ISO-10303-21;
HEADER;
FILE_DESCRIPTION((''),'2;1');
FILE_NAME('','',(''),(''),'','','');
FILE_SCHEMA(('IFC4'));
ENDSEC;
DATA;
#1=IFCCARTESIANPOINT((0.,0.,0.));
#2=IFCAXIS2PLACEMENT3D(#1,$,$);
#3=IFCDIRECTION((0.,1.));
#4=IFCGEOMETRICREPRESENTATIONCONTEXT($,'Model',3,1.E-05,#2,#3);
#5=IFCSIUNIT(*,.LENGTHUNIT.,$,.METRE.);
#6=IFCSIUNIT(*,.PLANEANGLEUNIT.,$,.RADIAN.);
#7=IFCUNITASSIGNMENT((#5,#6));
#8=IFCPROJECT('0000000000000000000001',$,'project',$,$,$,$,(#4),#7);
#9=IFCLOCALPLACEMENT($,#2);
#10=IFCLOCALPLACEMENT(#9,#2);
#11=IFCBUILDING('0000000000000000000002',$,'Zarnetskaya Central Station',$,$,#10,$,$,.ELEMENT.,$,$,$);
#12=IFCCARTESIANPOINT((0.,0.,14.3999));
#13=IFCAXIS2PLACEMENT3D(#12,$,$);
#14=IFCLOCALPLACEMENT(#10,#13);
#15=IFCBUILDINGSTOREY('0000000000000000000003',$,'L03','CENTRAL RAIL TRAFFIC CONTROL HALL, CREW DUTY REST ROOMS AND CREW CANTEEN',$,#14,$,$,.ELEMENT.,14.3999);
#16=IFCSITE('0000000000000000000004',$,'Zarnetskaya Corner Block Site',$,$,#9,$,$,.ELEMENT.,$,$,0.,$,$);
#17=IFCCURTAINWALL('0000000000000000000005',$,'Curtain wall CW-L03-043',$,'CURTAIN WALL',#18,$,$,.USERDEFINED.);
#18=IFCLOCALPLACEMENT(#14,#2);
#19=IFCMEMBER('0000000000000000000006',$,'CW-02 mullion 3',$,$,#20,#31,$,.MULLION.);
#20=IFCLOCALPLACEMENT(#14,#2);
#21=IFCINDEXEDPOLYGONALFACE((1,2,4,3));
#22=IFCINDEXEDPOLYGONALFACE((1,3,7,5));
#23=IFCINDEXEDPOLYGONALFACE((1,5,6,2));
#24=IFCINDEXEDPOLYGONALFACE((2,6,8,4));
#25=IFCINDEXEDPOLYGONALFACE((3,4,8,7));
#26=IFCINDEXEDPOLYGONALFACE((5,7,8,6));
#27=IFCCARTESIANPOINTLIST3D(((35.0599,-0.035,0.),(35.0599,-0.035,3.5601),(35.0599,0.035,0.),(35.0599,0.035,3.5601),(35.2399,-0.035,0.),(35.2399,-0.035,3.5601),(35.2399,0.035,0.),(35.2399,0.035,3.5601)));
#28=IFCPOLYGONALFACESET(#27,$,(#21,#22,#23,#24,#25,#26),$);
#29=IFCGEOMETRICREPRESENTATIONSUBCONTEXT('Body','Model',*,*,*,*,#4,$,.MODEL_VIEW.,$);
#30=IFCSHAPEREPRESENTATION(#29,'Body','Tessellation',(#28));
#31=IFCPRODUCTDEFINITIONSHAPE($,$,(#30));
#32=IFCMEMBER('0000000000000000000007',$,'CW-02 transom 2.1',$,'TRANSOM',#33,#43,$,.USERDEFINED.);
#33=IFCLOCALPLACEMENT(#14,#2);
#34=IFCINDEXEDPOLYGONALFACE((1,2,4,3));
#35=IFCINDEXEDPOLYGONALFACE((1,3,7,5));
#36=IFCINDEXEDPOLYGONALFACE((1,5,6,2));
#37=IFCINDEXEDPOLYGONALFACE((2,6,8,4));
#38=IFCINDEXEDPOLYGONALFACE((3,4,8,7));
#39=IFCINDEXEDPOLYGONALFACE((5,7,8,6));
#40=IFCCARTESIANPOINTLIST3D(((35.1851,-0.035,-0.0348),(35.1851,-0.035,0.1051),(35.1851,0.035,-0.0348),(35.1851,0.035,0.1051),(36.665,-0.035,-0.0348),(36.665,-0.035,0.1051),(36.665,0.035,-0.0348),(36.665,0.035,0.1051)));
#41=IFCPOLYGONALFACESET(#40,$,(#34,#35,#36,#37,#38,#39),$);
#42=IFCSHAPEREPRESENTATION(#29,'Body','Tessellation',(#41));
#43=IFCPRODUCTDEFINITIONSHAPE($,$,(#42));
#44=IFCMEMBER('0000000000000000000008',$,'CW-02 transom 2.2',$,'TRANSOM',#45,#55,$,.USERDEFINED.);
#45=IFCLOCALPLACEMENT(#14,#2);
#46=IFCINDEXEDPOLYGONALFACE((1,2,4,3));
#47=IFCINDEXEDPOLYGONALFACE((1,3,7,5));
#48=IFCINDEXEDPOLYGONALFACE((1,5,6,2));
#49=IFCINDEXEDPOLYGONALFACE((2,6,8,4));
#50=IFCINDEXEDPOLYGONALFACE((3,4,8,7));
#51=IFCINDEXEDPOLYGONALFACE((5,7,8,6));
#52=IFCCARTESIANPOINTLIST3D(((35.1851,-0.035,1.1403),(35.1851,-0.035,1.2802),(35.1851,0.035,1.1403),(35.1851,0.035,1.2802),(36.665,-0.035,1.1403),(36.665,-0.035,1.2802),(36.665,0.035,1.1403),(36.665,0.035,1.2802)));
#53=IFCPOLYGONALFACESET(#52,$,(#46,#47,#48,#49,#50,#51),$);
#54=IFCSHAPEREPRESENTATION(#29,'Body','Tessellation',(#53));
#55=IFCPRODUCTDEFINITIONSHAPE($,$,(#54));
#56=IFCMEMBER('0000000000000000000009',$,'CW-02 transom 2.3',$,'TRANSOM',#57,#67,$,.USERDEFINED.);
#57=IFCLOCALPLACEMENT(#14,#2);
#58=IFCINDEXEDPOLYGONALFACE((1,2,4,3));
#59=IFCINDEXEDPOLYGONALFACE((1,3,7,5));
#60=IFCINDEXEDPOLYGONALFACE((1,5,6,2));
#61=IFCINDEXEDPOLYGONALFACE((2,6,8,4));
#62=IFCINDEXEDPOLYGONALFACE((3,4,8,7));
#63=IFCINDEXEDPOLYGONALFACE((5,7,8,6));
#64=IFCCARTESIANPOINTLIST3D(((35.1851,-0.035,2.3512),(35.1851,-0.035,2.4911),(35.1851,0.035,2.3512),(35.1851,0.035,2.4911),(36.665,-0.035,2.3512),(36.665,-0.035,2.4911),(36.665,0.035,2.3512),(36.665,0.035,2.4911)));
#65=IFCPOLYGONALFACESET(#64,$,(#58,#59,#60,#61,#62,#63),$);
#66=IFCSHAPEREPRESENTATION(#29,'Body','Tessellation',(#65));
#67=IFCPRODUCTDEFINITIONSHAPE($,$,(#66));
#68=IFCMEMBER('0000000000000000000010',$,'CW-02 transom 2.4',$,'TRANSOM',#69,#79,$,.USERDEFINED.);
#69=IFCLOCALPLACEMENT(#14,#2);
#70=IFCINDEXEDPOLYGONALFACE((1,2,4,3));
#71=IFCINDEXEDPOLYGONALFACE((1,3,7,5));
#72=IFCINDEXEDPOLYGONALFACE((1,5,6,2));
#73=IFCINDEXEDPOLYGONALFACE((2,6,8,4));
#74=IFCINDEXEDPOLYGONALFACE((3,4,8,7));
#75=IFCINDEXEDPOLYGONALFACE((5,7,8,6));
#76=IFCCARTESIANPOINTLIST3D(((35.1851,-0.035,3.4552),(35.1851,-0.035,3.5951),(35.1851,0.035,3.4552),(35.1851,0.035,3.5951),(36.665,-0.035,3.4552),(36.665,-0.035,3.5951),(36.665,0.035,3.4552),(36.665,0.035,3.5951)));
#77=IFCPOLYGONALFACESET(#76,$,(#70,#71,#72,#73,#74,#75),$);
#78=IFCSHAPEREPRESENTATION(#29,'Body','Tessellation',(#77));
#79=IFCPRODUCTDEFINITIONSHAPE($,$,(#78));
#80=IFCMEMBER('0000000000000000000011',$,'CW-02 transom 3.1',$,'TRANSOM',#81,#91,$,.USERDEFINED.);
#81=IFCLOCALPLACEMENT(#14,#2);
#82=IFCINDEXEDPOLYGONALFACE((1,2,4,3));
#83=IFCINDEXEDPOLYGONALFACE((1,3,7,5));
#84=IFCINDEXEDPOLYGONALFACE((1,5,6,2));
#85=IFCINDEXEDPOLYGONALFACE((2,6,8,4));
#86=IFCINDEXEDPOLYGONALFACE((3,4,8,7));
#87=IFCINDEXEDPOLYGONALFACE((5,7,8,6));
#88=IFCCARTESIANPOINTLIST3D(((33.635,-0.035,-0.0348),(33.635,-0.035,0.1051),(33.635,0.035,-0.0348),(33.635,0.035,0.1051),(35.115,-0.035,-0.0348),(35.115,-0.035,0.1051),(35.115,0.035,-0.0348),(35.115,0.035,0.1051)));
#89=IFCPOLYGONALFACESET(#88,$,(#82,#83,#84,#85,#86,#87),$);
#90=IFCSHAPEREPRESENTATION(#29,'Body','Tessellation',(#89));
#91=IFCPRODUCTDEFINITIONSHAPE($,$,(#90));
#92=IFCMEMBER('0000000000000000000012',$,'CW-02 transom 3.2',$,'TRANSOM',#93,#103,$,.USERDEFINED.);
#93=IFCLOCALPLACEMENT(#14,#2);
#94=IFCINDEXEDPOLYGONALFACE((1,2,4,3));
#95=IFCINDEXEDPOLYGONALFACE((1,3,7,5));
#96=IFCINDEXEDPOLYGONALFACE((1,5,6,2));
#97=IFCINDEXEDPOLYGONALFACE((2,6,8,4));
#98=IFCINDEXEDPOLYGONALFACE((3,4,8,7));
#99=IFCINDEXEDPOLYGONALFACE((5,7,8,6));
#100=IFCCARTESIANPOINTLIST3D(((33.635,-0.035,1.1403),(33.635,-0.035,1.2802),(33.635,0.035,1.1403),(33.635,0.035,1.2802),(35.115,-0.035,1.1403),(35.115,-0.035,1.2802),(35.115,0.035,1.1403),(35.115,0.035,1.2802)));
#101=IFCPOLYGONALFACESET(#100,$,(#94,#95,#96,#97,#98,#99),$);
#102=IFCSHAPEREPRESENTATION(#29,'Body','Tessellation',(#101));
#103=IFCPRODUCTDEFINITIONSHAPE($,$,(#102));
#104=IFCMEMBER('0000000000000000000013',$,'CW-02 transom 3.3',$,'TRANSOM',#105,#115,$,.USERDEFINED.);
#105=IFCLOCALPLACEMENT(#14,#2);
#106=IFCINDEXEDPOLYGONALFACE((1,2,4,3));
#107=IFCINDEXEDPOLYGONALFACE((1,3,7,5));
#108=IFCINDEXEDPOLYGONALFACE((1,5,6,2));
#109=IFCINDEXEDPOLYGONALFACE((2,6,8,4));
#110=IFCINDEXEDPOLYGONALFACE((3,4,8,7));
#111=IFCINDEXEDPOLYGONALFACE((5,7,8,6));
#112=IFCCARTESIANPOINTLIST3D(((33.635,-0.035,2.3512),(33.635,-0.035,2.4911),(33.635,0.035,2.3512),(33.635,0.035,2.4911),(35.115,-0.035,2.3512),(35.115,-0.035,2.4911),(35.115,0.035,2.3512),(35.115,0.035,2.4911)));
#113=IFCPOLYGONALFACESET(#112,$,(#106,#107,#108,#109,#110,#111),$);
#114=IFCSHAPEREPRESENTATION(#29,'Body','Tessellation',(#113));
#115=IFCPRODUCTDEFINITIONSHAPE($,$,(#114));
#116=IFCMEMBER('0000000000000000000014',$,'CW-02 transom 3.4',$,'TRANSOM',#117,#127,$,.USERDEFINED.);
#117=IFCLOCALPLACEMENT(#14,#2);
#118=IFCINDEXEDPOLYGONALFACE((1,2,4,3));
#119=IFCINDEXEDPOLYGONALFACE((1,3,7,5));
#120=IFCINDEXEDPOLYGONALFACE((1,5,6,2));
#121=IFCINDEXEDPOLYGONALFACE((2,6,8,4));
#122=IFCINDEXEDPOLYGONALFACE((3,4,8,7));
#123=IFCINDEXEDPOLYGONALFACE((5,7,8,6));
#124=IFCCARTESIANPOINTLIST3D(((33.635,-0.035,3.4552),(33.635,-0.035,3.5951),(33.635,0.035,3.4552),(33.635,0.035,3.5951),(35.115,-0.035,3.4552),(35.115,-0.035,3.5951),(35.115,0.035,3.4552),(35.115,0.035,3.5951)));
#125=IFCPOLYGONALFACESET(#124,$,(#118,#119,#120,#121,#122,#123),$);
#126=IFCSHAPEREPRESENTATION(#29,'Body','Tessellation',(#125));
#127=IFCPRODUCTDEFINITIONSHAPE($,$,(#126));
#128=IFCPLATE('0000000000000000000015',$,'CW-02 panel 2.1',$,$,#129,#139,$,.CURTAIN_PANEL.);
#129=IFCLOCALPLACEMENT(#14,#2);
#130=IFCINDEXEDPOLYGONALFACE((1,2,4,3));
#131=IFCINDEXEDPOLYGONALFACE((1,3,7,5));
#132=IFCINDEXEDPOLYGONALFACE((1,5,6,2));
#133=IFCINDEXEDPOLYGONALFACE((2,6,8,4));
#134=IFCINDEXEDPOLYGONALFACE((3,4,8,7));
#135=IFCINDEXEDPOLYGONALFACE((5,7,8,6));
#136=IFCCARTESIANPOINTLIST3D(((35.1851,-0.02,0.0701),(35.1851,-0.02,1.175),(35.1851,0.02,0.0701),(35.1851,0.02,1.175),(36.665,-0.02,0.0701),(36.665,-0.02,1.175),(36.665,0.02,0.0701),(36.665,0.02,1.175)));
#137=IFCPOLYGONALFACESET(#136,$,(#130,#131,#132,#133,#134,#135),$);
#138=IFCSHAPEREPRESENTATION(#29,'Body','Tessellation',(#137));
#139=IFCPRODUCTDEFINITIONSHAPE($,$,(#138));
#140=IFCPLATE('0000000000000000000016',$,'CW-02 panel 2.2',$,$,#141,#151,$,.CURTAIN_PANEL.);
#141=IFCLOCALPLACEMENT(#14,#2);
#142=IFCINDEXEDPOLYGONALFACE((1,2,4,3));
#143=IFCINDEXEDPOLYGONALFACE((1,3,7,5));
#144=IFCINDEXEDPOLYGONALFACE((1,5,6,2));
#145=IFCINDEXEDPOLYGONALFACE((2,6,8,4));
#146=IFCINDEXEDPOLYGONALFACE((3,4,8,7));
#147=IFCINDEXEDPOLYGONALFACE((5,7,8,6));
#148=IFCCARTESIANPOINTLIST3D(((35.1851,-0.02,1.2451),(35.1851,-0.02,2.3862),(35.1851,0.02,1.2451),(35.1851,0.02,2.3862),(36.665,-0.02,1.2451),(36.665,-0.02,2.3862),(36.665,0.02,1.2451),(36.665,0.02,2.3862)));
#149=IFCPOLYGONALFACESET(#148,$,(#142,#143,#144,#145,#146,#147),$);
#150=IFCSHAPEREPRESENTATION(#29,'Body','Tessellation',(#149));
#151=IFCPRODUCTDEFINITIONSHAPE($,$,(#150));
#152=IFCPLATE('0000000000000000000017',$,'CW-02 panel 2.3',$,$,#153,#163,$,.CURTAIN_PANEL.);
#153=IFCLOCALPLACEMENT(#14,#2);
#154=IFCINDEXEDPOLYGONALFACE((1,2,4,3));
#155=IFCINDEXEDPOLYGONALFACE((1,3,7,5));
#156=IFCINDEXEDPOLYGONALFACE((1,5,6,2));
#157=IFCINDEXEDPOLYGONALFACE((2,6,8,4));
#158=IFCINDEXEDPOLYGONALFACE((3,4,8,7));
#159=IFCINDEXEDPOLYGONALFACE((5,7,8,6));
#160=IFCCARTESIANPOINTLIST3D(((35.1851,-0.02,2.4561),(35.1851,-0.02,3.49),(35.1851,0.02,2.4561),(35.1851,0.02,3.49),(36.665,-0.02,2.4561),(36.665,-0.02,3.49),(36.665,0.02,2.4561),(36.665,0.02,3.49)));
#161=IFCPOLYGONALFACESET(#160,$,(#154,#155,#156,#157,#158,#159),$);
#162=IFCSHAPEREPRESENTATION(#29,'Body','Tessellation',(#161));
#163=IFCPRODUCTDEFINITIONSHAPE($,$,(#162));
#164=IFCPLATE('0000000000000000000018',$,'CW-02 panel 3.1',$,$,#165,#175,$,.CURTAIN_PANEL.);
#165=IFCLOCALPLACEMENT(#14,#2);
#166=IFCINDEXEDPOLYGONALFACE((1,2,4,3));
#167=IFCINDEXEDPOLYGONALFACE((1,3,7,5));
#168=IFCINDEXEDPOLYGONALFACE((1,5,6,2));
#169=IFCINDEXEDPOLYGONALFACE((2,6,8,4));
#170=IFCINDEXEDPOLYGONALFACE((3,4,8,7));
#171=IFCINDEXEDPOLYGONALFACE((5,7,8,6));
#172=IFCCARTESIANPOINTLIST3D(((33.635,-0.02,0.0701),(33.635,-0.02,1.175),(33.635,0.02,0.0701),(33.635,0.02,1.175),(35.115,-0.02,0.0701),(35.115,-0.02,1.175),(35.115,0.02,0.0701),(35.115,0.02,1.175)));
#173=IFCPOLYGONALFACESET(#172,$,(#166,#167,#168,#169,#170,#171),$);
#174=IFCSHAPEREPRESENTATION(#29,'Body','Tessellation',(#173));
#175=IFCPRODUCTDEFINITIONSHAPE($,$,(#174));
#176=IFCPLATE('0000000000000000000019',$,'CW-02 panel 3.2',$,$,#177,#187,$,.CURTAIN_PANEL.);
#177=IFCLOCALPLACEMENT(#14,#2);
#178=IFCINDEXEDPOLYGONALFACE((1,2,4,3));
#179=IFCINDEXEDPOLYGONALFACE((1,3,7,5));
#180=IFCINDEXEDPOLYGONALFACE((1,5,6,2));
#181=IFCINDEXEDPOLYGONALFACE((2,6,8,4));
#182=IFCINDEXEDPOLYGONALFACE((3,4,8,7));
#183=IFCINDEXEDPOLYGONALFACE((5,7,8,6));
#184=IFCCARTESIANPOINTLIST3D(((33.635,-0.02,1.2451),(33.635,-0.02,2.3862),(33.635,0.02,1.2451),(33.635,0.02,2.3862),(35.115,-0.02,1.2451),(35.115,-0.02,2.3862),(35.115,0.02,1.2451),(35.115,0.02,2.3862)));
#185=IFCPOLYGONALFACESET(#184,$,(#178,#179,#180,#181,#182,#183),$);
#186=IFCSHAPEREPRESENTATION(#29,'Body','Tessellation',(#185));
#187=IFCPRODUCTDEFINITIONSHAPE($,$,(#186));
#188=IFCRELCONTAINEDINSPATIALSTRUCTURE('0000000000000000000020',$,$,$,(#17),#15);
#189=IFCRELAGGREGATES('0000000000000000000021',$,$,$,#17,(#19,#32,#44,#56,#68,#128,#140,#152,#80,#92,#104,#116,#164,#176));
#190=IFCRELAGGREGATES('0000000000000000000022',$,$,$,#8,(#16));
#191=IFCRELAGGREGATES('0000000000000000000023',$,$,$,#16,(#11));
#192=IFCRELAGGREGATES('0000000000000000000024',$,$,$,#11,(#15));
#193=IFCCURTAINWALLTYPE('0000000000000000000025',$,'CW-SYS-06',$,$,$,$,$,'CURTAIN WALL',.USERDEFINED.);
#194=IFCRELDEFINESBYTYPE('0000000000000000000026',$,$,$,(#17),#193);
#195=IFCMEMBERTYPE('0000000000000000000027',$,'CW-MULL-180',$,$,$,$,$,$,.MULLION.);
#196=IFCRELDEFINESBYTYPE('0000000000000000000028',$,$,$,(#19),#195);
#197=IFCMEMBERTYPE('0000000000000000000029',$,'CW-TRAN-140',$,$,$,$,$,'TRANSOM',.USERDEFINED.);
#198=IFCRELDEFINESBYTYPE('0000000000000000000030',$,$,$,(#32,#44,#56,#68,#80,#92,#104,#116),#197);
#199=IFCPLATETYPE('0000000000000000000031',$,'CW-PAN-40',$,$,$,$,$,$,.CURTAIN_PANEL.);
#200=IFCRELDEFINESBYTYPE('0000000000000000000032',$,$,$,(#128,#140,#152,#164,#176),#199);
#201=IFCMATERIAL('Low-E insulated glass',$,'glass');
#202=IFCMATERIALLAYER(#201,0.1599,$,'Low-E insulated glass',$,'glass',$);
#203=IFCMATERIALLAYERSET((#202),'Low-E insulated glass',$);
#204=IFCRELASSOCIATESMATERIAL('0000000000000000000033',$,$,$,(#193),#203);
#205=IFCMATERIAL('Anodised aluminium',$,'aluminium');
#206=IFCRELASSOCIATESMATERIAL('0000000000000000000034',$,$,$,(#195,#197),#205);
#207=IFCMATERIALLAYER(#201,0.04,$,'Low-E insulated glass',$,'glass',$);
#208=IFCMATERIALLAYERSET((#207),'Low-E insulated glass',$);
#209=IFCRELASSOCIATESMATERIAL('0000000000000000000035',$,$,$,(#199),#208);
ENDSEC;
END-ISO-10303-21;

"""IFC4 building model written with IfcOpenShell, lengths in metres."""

from ifc_helpers import new_model, si_unit, direction, frame, origin, origin_2d, place, context, subcontext, project, spatial, rectangle, extrude, material, layer, layer_set, material_profile, profile_set, type_object, element, aggregate, save


model = new_model("IFC4")

# Units and contexts
model_context = context("Model", 3, precision=1e-05, world=origin(), true_north=direction((0.0, 1.0)))
body_context = subcontext(model_context, "Body", "Model", "MODEL_VIEW")
ifc_project = project(units=[si_unit("LENGTHUNIT", "METRE"), si_unit("PLANEANGLEUNIT", "RADIAN")], contexts=[model_context])

# Site, building, storey
site_placement = place(None, origin())
site = spatial("IfcSite", under=ifc_project, at=site_placement, Name="Zarnetskaya Corner Block Site", CompositionType="ELEMENT", RefElevation=0.0)
building_placement = place(site_placement, origin())
building = spatial("IfcBuilding", under=site, at=building_placement, Name="Zarnetskaya Central Station", CompositionType="ELEMENT")
storey_placement = place(building_placement, frame((0.0, 0.0, 14.3999)))
storey = spatial("IfcBuildingStorey", under=building, at=storey_placement, Name="L03", Description="CENTRAL RAIL TRAFFIC CONTROL HALL, CREW DUTY REST ROOMS AND CREW CANTEEN", CompositionType="ELEMENT", Elevation=14.3999)

# Curtain wall, members, plates
ifc_material_1 = material(Name="Low-E insulated glass", Category="glass")
ifc_layer_1 = layer(ifc_material_1, 0.1599, Name="Low-E insulated glass", Category="glass")
ifc_layer_set_1 = layer_set([ifc_layer_1], Name="Low-E insulated glass")
curtain_wall_type = type_object("IfcCurtainWallType", Name="CW-SYS-06", ElementType="CURTAIN WALL", PredefinedType="USERDEFINED", material=ifc_layer_set_1)
curtain_wall_placement = place(storey_placement, origin())
curtain_wall = element("IfcCurtainWall", 1, at=curtain_wall_placement, inside=storey, type_object=curtain_wall_type, Name="Curtain wall CW-L03-043", ObjectType="CURTAIN WALL", PredefinedType="USERDEFINED")
ifc_material_2 = material(Name="Anodised aluminium", Category="aluminium")
ifc_material_profile_1 = material_profile(ifc_material_2, rectangle(XDim=0.0701, YDim=0.1799, at=origin_2d()), Name="ALU MULL 70x180")
ifc_profile_set_1 = profile_set([ifc_material_profile_1], Name="Anodised aluminium")
member_type_1 = type_object("IfcMemberType", Name="CW-MULL-180", PredefinedType="MULLION", material=ifc_profile_set_1)
member_1_placement = place(storey_placement, frame((35.1499, 0.0, 0.0), z_axis=(0.0, 0.0, 1.0), x_axis=(0.0, -1.0, 0.0)))
member_1 = element("IfcMember", 2, at=member_1_placement, type_object=member_type_1, Name="CW-02 mullion 3", PredefinedType="MULLION", context=body_context, shape_type="SweptSolid", body=[
    extrude(rectangle(XDim=0.0701, YDim=0.1799, at=origin_2d()), origin(), (0.0, 0.0, 1.0), 3.5601),
])
ifc_material_profile_2 = material_profile(ifc_material_2, rectangle(XDim=0.0701, YDim=0.1399, at=origin_2d()), Name="ALU TRAN 70x140")
ifc_profile_set_2 = profile_set([ifc_material_profile_2], Name="Anodised aluminium")
member_type_2 = type_object("IfcMemberType", Name="CW-TRAN-140", ElementType="TRANSOM", PredefinedType="USERDEFINED", material=ifc_profile_set_2)
member_2_placement = place(storey_placement, frame((36.665, 0.0, 0.0352), z_axis=(-1.0, 0.0, 0.0), x_axis=(0.0, -1.0, 0.0)))
member_2 = element("IfcMember", 3, at=member_2_placement, type_object=member_type_2, Name="CW-02 transom 2.1", ObjectType="TRANSOM", PredefinedType="USERDEFINED", context=body_context, shape_type="SweptSolid", body=[
    extrude(rectangle(XDim=0.0701, YDim=0.1399, at=origin_2d()), origin(), (0.0, 0.0, 1.0), 1.48),
])
member_3_placement = place(storey_placement, frame((36.665, 0.0, 1.2102), z_axis=(-1.0, 0.0, 0.0), x_axis=(0.0, -1.0, 0.0)))
member_3 = element("IfcMember", 4, at=member_3_placement, type_object=member_type_2, Name="CW-02 transom 2.2", ObjectType="TRANSOM", PredefinedType="USERDEFINED", context=body_context, shape_type="SweptSolid", body=[
    extrude(rectangle(XDim=0.0701, YDim=0.1399, at=origin_2d()), origin(), (0.0, 0.0, 1.0), 1.48),
])
member_4_placement = place(storey_placement, frame((36.665, 0.0, 2.4211), z_axis=(-1.0, 0.0, 0.0), x_axis=(0.0, -1.0, 0.0)))
member_4 = element("IfcMember", 5, at=member_4_placement, type_object=member_type_2, Name="CW-02 transom 2.3", ObjectType="TRANSOM", PredefinedType="USERDEFINED", context=body_context, shape_type="SweptSolid", body=[
    extrude(rectangle(XDim=0.0701, YDim=0.1399, at=origin_2d()), origin(), (0.0, 0.0, 1.0), 1.48),
])
member_5_placement = place(storey_placement, frame((36.665, 0.0, 3.5251), z_axis=(-1.0, 0.0, 0.0), x_axis=(0.0, -1.0, 0.0)))
member_5 = element("IfcMember", 6, at=member_5_placement, type_object=member_type_2, Name="CW-02 transom 2.4", ObjectType="TRANSOM", PredefinedType="USERDEFINED", context=body_context, shape_type="SweptSolid", body=[
    extrude(rectangle(XDim=0.0701, YDim=0.1399, at=origin_2d()), origin(), (0.0, 0.0, 1.0), 1.48),
])
member_6_placement = place(storey_placement, frame((35.115, 0.0, 0.0352), z_axis=(-1.0, 0.0, 0.0), x_axis=(0.0, -1.0, 0.0)))
member_6 = element("IfcMember", 7, at=member_6_placement, type_object=member_type_2, Name="CW-02 transom 3.1", ObjectType="TRANSOM", PredefinedType="USERDEFINED", context=body_context, shape_type="SweptSolid", body=[
    extrude(rectangle(XDim=0.0701, YDim=0.1399, at=origin_2d()), origin(), (0.0, 0.0, 1.0), 1.48),
])
member_7_placement = place(storey_placement, frame((35.115, 0.0, 1.2102), z_axis=(-1.0, 0.0, 0.0), x_axis=(0.0, -1.0, 0.0)))
member_7 = element("IfcMember", 8, at=member_7_placement, type_object=member_type_2, Name="CW-02 transom 3.2", ObjectType="TRANSOM", PredefinedType="USERDEFINED", context=body_context, shape_type="SweptSolid", body=[
    extrude(rectangle(XDim=0.0701, YDim=0.1399, at=origin_2d()), origin(), (0.0, 0.0, 1.0), 1.48),
])
member_8_placement = place(storey_placement, frame((35.115, 0.0, 2.4211), z_axis=(-1.0, 0.0, 0.0), x_axis=(0.0, -1.0, 0.0)))
member_8 = element("IfcMember", 9, at=member_8_placement, type_object=member_type_2, Name="CW-02 transom 3.3", ObjectType="TRANSOM", PredefinedType="USERDEFINED", context=body_context, shape_type="SweptSolid", body=[
    extrude(rectangle(XDim=0.0701, YDim=0.1399, at=origin_2d()), origin(), (0.0, 0.0, 1.0), 1.48),
])
member_9_placement = place(storey_placement, frame((35.115, 0.0, 3.5251), z_axis=(-1.0, 0.0, 0.0), x_axis=(0.0, -1.0, 0.0)))
member_9 = element("IfcMember", 10, at=member_9_placement, type_object=member_type_2, Name="CW-02 transom 3.4", ObjectType="TRANSOM", PredefinedType="USERDEFINED", context=body_context, shape_type="SweptSolid", body=[
    extrude(rectangle(XDim=0.0701, YDim=0.1399, at=origin_2d()), origin(), (0.0, 0.0, 1.0), 1.48),
])
ifc_layer_2 = layer(ifc_material_1, 0.04, Name="Low-E insulated glass", Category="glass")
ifc_layer_set_2 = layer_set([ifc_layer_2], Name="Low-E insulated glass")
plate_type = type_object("IfcPlateType", Name="CW-PAN-40", PredefinedType="CURTAIN_PANEL", material=ifc_layer_set_2)
plate_1_placement = place(storey_placement, frame((35.925, 0.0, 0.0701), z_axis=(0.0, 0.0, 1.0), x_axis=(-1.0, 0.0, 0.0)))
plate_1 = element("IfcPlate", 11, at=plate_1_placement, type_object=plate_type, Name="CW-02 panel 2.1", PredefinedType="CURTAIN_PANEL", context=body_context, shape_type="SweptSolid", body=[
    extrude(rectangle(XDim=1.48, YDim=0.04, at=origin_2d()), origin(), (0.0, 0.0, 1.0), 1.105),
])
plate_2_placement = place(storey_placement, frame((35.925, 0.0, 1.2451), z_axis=(0.0, 0.0, 1.0), x_axis=(-1.0, 0.0, 0.0)))
plate_2 = element("IfcPlate", 12, at=plate_2_placement, type_object=plate_type, Name="CW-02 panel 2.2", PredefinedType="CURTAIN_PANEL", context=body_context, shape_type="SweptSolid", body=[
    extrude(rectangle(XDim=1.48, YDim=0.04, at=origin_2d()), origin(), (0.0, 0.0, 1.0), 1.1411),
])
plate_3_placement = place(storey_placement, frame((35.925, 0.0, 2.4561), z_axis=(0.0, 0.0, 1.0), x_axis=(-1.0, 0.0, 0.0)))
plate_3 = element("IfcPlate", 13, at=plate_3_placement, type_object=plate_type, Name="CW-02 panel 2.3", PredefinedType="CURTAIN_PANEL", context=body_context, shape_type="SweptSolid", body=[
    extrude(rectangle(XDim=1.48, YDim=0.04, at=origin_2d()), origin(), (0.0, 0.0, 1.0), 1.0339),
])
plate_4_placement = place(storey_placement, frame((34.375, 0.0, 0.0701), z_axis=(0.0, 0.0, 1.0), x_axis=(-1.0, 0.0, 0.0)))
plate_4 = element("IfcPlate", 14, at=plate_4_placement, type_object=plate_type, Name="CW-02 panel 3.1", PredefinedType="CURTAIN_PANEL", context=body_context, shape_type="SweptSolid", body=[
    extrude(rectangle(XDim=1.48, YDim=0.04, at=origin_2d()), origin(), (0.0, 0.0, 1.0), 1.105),
])
plate_5_placement = place(storey_placement, frame((34.375, 0.0, 1.2451), z_axis=(0.0, 0.0, 1.0), x_axis=(-1.0, 0.0, 0.0)))
plate_5 = element("IfcPlate", 15, at=plate_5_placement, type_object=plate_type, Name="CW-02 panel 3.2", PredefinedType="CURTAIN_PANEL", context=body_context, shape_type="SweptSolid", body=[
    extrude(rectangle(XDim=1.48, YDim=0.04, at=origin_2d()), origin(), (0.0, 0.0, 1.0), 1.1411),
])
aggregate(curtain_wall, [member_1, member_2, member_3, member_4, member_5, plate_1, plate_2, plate_3, member_6, member_7, member_8, member_9, plate_4, plate_5])

save(model, "model.ifc")
